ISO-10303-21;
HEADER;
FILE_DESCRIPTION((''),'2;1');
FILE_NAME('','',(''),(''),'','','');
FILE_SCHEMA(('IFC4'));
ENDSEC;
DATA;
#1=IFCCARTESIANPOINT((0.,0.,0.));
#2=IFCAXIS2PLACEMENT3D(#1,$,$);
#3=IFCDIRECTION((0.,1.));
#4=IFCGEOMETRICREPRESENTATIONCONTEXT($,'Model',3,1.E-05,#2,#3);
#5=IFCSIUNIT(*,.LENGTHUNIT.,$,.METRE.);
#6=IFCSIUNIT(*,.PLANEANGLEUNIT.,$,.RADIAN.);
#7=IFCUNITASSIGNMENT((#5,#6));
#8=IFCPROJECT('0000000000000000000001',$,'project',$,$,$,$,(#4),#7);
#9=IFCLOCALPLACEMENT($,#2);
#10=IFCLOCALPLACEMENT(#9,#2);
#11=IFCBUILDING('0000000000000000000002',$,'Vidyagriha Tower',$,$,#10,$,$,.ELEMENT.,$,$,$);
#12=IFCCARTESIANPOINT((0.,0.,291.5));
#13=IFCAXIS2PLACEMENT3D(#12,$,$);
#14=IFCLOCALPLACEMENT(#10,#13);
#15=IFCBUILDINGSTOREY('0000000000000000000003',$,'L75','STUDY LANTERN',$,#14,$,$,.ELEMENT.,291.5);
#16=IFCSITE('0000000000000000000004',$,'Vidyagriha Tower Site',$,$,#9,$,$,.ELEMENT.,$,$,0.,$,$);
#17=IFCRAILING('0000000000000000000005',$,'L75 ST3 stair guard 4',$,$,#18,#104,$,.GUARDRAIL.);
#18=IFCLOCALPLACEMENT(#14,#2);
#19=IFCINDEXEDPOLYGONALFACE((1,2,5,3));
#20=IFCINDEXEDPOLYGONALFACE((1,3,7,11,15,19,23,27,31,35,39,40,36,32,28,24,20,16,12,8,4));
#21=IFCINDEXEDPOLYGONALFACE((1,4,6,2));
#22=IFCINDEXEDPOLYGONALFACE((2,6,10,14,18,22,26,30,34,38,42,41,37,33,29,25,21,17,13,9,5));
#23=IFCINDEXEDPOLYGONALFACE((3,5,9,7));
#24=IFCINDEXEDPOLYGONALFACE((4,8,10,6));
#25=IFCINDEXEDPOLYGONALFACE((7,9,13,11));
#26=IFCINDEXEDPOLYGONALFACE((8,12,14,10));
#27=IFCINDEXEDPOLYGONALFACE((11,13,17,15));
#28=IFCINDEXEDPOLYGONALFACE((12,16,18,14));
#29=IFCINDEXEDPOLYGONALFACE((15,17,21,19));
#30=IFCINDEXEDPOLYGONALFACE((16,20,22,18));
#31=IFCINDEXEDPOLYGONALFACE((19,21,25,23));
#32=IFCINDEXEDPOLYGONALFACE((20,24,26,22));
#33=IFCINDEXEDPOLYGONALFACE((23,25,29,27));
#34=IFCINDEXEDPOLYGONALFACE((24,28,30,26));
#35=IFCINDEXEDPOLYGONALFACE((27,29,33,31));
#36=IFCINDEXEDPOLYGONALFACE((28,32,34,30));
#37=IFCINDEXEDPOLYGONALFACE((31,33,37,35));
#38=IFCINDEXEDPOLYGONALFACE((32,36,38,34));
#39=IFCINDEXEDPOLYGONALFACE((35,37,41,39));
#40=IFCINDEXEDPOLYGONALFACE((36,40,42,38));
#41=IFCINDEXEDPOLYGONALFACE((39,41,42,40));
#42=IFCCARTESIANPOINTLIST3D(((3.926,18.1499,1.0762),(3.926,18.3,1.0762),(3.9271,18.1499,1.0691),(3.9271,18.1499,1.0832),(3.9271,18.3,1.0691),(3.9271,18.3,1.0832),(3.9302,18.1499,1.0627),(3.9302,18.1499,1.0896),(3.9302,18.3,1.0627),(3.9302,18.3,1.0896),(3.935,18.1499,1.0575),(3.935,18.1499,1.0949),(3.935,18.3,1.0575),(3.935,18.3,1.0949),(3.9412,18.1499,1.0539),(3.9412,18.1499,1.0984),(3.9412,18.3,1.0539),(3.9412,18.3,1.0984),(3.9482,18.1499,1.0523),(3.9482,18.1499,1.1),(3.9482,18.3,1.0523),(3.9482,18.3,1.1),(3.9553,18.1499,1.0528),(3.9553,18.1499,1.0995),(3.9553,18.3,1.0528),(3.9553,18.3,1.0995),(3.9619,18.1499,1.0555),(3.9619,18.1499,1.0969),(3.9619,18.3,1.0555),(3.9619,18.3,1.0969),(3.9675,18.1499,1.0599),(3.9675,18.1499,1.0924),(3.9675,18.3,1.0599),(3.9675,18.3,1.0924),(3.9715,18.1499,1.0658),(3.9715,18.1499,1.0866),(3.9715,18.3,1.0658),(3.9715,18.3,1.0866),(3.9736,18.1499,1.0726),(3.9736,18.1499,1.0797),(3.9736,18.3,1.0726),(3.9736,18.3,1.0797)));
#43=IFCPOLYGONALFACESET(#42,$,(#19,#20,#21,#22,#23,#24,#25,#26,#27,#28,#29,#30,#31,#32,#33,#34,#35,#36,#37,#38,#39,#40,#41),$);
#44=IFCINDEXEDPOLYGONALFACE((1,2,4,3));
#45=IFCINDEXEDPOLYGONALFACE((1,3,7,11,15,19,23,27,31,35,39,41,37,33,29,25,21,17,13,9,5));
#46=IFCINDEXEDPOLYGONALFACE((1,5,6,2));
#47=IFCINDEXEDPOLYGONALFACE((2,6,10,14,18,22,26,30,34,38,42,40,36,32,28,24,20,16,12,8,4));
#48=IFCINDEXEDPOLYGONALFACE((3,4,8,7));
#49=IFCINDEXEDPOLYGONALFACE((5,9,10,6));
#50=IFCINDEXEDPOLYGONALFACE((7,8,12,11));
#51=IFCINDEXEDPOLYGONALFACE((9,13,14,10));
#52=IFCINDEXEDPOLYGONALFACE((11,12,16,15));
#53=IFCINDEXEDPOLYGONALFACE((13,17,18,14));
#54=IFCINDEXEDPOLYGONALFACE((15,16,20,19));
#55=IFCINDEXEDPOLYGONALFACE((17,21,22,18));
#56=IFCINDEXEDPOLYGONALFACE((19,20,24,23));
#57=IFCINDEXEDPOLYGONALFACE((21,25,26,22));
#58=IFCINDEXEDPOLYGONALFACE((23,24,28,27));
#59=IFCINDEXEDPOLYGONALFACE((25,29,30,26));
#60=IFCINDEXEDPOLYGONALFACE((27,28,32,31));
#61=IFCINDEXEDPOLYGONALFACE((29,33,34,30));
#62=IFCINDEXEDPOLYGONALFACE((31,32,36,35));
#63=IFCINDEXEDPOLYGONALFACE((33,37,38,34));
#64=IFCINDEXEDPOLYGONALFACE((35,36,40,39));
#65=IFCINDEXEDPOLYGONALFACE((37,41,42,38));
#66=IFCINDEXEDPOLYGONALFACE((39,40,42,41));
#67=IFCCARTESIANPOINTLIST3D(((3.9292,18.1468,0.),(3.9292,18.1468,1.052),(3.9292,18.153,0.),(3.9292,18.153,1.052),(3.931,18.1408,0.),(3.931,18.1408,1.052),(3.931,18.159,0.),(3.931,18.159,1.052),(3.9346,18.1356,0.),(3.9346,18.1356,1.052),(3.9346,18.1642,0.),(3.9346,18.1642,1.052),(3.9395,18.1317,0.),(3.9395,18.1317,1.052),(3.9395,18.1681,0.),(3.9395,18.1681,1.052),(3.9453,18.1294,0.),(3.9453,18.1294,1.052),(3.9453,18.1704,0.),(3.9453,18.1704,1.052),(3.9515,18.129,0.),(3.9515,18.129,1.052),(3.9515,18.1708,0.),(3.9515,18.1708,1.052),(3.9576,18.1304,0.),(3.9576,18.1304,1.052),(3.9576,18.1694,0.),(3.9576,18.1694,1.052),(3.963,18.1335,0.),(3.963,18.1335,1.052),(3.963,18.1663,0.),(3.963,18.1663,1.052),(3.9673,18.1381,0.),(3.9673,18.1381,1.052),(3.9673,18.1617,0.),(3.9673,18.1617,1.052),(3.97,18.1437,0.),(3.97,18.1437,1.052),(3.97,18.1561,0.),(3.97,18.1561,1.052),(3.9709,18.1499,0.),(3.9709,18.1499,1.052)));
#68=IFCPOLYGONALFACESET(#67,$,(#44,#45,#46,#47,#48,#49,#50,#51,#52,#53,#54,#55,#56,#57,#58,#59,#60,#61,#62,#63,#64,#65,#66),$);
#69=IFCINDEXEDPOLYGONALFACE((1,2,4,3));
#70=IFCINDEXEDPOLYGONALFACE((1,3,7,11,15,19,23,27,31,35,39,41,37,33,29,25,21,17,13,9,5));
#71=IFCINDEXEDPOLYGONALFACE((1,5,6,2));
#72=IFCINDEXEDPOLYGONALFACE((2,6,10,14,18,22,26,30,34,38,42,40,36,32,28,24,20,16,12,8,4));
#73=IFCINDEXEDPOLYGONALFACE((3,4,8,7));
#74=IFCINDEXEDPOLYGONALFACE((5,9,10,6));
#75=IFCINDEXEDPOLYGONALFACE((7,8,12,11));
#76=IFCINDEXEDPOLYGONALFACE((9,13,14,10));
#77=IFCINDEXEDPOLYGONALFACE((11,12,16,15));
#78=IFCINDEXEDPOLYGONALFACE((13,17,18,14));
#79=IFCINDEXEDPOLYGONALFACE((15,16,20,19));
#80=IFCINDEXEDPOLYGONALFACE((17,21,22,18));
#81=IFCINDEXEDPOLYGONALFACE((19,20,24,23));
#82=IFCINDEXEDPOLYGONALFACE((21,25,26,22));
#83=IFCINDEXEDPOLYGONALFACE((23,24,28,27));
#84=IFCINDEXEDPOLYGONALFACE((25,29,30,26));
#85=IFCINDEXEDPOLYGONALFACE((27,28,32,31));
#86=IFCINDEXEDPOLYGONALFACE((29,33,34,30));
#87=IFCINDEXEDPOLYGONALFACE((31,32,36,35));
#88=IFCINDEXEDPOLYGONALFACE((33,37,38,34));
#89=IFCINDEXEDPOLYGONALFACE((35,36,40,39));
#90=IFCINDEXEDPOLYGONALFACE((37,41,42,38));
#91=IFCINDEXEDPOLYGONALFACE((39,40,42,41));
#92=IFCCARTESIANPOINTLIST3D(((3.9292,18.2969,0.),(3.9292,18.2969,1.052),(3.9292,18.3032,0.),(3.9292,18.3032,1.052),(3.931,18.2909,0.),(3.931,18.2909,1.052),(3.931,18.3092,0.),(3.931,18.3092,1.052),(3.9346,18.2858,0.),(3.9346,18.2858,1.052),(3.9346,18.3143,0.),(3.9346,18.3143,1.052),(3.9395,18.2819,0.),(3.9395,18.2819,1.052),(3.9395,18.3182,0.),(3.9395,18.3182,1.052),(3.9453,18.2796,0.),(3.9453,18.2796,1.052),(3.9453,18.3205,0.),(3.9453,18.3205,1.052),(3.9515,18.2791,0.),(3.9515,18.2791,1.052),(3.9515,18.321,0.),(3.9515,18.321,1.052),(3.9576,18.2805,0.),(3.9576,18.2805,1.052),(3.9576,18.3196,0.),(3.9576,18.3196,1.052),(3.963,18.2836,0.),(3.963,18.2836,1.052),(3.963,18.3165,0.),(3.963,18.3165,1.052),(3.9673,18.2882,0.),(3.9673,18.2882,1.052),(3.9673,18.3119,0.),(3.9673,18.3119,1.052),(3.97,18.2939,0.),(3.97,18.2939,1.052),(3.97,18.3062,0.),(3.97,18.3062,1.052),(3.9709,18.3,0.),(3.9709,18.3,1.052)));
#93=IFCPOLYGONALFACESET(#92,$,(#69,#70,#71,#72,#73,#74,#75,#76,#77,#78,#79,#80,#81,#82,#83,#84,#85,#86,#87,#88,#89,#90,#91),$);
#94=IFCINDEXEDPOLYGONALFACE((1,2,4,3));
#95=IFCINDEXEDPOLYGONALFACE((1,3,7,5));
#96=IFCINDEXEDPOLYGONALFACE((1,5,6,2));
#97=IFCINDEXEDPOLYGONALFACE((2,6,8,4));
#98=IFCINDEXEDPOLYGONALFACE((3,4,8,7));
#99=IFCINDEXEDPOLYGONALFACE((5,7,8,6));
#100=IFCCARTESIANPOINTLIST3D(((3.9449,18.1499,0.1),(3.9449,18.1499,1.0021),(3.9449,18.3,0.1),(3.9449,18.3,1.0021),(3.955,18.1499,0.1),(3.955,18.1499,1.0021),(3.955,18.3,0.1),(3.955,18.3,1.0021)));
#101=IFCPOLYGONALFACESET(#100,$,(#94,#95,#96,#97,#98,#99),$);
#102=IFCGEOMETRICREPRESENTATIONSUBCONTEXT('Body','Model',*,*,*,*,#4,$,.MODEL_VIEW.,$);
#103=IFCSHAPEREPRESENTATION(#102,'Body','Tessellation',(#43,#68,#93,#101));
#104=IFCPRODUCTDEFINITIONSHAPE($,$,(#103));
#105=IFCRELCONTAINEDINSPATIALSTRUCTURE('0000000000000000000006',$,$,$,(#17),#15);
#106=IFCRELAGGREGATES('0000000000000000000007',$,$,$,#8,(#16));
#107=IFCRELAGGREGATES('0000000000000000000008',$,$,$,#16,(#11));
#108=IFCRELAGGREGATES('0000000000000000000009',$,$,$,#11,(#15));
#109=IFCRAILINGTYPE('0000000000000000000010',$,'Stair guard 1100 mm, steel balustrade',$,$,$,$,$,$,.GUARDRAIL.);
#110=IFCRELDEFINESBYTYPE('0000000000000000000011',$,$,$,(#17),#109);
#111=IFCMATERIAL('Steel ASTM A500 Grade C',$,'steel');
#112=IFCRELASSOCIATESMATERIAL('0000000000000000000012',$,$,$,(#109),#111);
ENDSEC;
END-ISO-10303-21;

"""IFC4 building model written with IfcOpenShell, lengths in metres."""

from ifc_helpers import new_model, si_unit, direction, frame, origin, origin_2d, place, context, subcontext, project, spatial, rectangle, circle, extrude, material, type_object, element, save


model = new_model("IFC4")

# Units and contexts
model_context = context("Model", 3, precision=1e-05, world=origin(), true_north=direction((0.0, 1.0)))
body_context = subcontext(model_context, "Body", "Model", "MODEL_VIEW")
ifc_project = project(units=[si_unit("LENGTHUNIT", "METRE"), si_unit("PLANEANGLEUNIT", "RADIAN")], contexts=[model_context])

# Site, building, storey
site_placement = place(None, origin())
site = spatial("IfcSite", under=ifc_project, at=site_placement, Name="Vidyagriha Tower Site", CompositionType="ELEMENT", RefElevation=0.0)
building_placement = place(site_placement, origin())
building = spatial("IfcBuilding", under=site, at=building_placement, Name="Vidyagriha Tower", CompositionType="ELEMENT")
storey_placement = place(building_placement, frame((0.0, 0.0, 291.5)))
storey = spatial("IfcBuildingStorey", under=building, at=storey_placement, Name="L75", Description="STUDY LANTERN", CompositionType="ELEMENT", Elevation=291.5)

# Railing
ifc_material_1 = material(Name="Steel ASTM A500 Grade C", Category="steel")
railing_type_1 = type_object("IfcRailingType", Name="Stair guard 1100 mm, steel balustrade", PredefinedType="GUARDRAIL", material=ifc_material_1)
railing_1_placement = place(storey_placement, frame((3.95, 18.1499, 0.0)))
element("IfcRailing", 1, at=railing_1_placement, inside=storey, type_object=railing_type_1, Name="L75 ST3 stair guard 4", PredefinedType="GUARDRAIL", context=body_context, shape_type="SweptSolid", body=[
    extrude(circle(Radius=0.0239, at=origin_2d()), frame((0.0, 0.0, 1.0762), z_axis=(0.0, 1.0, 0.0), x_axis=(-1.0, 0.0, 0.0)), (0.0, 0.0, 1.0), 0.1501),
    extrude(circle(Radius=0.021, at=origin_2d()), origin(), (0.0, 0.0, 1.0), 1.052),
    extrude(circle(Radius=0.021, at=origin_2d()), frame((0.0, 0.1501, 0.0)), (0.0, 0.0, 1.0), 1.052),
    extrude(rectangle(XDim=0.01, YDim=0.9021, at=origin_2d()), frame((0.0, 0.0, 0.551), z_axis=(0.0, 1.0, 0.0), x_axis=(-1.0, 0.0, 0.0)), (0.0, 0.0, 1.0), 0.1501),
])

save(model, "model.ifc")
